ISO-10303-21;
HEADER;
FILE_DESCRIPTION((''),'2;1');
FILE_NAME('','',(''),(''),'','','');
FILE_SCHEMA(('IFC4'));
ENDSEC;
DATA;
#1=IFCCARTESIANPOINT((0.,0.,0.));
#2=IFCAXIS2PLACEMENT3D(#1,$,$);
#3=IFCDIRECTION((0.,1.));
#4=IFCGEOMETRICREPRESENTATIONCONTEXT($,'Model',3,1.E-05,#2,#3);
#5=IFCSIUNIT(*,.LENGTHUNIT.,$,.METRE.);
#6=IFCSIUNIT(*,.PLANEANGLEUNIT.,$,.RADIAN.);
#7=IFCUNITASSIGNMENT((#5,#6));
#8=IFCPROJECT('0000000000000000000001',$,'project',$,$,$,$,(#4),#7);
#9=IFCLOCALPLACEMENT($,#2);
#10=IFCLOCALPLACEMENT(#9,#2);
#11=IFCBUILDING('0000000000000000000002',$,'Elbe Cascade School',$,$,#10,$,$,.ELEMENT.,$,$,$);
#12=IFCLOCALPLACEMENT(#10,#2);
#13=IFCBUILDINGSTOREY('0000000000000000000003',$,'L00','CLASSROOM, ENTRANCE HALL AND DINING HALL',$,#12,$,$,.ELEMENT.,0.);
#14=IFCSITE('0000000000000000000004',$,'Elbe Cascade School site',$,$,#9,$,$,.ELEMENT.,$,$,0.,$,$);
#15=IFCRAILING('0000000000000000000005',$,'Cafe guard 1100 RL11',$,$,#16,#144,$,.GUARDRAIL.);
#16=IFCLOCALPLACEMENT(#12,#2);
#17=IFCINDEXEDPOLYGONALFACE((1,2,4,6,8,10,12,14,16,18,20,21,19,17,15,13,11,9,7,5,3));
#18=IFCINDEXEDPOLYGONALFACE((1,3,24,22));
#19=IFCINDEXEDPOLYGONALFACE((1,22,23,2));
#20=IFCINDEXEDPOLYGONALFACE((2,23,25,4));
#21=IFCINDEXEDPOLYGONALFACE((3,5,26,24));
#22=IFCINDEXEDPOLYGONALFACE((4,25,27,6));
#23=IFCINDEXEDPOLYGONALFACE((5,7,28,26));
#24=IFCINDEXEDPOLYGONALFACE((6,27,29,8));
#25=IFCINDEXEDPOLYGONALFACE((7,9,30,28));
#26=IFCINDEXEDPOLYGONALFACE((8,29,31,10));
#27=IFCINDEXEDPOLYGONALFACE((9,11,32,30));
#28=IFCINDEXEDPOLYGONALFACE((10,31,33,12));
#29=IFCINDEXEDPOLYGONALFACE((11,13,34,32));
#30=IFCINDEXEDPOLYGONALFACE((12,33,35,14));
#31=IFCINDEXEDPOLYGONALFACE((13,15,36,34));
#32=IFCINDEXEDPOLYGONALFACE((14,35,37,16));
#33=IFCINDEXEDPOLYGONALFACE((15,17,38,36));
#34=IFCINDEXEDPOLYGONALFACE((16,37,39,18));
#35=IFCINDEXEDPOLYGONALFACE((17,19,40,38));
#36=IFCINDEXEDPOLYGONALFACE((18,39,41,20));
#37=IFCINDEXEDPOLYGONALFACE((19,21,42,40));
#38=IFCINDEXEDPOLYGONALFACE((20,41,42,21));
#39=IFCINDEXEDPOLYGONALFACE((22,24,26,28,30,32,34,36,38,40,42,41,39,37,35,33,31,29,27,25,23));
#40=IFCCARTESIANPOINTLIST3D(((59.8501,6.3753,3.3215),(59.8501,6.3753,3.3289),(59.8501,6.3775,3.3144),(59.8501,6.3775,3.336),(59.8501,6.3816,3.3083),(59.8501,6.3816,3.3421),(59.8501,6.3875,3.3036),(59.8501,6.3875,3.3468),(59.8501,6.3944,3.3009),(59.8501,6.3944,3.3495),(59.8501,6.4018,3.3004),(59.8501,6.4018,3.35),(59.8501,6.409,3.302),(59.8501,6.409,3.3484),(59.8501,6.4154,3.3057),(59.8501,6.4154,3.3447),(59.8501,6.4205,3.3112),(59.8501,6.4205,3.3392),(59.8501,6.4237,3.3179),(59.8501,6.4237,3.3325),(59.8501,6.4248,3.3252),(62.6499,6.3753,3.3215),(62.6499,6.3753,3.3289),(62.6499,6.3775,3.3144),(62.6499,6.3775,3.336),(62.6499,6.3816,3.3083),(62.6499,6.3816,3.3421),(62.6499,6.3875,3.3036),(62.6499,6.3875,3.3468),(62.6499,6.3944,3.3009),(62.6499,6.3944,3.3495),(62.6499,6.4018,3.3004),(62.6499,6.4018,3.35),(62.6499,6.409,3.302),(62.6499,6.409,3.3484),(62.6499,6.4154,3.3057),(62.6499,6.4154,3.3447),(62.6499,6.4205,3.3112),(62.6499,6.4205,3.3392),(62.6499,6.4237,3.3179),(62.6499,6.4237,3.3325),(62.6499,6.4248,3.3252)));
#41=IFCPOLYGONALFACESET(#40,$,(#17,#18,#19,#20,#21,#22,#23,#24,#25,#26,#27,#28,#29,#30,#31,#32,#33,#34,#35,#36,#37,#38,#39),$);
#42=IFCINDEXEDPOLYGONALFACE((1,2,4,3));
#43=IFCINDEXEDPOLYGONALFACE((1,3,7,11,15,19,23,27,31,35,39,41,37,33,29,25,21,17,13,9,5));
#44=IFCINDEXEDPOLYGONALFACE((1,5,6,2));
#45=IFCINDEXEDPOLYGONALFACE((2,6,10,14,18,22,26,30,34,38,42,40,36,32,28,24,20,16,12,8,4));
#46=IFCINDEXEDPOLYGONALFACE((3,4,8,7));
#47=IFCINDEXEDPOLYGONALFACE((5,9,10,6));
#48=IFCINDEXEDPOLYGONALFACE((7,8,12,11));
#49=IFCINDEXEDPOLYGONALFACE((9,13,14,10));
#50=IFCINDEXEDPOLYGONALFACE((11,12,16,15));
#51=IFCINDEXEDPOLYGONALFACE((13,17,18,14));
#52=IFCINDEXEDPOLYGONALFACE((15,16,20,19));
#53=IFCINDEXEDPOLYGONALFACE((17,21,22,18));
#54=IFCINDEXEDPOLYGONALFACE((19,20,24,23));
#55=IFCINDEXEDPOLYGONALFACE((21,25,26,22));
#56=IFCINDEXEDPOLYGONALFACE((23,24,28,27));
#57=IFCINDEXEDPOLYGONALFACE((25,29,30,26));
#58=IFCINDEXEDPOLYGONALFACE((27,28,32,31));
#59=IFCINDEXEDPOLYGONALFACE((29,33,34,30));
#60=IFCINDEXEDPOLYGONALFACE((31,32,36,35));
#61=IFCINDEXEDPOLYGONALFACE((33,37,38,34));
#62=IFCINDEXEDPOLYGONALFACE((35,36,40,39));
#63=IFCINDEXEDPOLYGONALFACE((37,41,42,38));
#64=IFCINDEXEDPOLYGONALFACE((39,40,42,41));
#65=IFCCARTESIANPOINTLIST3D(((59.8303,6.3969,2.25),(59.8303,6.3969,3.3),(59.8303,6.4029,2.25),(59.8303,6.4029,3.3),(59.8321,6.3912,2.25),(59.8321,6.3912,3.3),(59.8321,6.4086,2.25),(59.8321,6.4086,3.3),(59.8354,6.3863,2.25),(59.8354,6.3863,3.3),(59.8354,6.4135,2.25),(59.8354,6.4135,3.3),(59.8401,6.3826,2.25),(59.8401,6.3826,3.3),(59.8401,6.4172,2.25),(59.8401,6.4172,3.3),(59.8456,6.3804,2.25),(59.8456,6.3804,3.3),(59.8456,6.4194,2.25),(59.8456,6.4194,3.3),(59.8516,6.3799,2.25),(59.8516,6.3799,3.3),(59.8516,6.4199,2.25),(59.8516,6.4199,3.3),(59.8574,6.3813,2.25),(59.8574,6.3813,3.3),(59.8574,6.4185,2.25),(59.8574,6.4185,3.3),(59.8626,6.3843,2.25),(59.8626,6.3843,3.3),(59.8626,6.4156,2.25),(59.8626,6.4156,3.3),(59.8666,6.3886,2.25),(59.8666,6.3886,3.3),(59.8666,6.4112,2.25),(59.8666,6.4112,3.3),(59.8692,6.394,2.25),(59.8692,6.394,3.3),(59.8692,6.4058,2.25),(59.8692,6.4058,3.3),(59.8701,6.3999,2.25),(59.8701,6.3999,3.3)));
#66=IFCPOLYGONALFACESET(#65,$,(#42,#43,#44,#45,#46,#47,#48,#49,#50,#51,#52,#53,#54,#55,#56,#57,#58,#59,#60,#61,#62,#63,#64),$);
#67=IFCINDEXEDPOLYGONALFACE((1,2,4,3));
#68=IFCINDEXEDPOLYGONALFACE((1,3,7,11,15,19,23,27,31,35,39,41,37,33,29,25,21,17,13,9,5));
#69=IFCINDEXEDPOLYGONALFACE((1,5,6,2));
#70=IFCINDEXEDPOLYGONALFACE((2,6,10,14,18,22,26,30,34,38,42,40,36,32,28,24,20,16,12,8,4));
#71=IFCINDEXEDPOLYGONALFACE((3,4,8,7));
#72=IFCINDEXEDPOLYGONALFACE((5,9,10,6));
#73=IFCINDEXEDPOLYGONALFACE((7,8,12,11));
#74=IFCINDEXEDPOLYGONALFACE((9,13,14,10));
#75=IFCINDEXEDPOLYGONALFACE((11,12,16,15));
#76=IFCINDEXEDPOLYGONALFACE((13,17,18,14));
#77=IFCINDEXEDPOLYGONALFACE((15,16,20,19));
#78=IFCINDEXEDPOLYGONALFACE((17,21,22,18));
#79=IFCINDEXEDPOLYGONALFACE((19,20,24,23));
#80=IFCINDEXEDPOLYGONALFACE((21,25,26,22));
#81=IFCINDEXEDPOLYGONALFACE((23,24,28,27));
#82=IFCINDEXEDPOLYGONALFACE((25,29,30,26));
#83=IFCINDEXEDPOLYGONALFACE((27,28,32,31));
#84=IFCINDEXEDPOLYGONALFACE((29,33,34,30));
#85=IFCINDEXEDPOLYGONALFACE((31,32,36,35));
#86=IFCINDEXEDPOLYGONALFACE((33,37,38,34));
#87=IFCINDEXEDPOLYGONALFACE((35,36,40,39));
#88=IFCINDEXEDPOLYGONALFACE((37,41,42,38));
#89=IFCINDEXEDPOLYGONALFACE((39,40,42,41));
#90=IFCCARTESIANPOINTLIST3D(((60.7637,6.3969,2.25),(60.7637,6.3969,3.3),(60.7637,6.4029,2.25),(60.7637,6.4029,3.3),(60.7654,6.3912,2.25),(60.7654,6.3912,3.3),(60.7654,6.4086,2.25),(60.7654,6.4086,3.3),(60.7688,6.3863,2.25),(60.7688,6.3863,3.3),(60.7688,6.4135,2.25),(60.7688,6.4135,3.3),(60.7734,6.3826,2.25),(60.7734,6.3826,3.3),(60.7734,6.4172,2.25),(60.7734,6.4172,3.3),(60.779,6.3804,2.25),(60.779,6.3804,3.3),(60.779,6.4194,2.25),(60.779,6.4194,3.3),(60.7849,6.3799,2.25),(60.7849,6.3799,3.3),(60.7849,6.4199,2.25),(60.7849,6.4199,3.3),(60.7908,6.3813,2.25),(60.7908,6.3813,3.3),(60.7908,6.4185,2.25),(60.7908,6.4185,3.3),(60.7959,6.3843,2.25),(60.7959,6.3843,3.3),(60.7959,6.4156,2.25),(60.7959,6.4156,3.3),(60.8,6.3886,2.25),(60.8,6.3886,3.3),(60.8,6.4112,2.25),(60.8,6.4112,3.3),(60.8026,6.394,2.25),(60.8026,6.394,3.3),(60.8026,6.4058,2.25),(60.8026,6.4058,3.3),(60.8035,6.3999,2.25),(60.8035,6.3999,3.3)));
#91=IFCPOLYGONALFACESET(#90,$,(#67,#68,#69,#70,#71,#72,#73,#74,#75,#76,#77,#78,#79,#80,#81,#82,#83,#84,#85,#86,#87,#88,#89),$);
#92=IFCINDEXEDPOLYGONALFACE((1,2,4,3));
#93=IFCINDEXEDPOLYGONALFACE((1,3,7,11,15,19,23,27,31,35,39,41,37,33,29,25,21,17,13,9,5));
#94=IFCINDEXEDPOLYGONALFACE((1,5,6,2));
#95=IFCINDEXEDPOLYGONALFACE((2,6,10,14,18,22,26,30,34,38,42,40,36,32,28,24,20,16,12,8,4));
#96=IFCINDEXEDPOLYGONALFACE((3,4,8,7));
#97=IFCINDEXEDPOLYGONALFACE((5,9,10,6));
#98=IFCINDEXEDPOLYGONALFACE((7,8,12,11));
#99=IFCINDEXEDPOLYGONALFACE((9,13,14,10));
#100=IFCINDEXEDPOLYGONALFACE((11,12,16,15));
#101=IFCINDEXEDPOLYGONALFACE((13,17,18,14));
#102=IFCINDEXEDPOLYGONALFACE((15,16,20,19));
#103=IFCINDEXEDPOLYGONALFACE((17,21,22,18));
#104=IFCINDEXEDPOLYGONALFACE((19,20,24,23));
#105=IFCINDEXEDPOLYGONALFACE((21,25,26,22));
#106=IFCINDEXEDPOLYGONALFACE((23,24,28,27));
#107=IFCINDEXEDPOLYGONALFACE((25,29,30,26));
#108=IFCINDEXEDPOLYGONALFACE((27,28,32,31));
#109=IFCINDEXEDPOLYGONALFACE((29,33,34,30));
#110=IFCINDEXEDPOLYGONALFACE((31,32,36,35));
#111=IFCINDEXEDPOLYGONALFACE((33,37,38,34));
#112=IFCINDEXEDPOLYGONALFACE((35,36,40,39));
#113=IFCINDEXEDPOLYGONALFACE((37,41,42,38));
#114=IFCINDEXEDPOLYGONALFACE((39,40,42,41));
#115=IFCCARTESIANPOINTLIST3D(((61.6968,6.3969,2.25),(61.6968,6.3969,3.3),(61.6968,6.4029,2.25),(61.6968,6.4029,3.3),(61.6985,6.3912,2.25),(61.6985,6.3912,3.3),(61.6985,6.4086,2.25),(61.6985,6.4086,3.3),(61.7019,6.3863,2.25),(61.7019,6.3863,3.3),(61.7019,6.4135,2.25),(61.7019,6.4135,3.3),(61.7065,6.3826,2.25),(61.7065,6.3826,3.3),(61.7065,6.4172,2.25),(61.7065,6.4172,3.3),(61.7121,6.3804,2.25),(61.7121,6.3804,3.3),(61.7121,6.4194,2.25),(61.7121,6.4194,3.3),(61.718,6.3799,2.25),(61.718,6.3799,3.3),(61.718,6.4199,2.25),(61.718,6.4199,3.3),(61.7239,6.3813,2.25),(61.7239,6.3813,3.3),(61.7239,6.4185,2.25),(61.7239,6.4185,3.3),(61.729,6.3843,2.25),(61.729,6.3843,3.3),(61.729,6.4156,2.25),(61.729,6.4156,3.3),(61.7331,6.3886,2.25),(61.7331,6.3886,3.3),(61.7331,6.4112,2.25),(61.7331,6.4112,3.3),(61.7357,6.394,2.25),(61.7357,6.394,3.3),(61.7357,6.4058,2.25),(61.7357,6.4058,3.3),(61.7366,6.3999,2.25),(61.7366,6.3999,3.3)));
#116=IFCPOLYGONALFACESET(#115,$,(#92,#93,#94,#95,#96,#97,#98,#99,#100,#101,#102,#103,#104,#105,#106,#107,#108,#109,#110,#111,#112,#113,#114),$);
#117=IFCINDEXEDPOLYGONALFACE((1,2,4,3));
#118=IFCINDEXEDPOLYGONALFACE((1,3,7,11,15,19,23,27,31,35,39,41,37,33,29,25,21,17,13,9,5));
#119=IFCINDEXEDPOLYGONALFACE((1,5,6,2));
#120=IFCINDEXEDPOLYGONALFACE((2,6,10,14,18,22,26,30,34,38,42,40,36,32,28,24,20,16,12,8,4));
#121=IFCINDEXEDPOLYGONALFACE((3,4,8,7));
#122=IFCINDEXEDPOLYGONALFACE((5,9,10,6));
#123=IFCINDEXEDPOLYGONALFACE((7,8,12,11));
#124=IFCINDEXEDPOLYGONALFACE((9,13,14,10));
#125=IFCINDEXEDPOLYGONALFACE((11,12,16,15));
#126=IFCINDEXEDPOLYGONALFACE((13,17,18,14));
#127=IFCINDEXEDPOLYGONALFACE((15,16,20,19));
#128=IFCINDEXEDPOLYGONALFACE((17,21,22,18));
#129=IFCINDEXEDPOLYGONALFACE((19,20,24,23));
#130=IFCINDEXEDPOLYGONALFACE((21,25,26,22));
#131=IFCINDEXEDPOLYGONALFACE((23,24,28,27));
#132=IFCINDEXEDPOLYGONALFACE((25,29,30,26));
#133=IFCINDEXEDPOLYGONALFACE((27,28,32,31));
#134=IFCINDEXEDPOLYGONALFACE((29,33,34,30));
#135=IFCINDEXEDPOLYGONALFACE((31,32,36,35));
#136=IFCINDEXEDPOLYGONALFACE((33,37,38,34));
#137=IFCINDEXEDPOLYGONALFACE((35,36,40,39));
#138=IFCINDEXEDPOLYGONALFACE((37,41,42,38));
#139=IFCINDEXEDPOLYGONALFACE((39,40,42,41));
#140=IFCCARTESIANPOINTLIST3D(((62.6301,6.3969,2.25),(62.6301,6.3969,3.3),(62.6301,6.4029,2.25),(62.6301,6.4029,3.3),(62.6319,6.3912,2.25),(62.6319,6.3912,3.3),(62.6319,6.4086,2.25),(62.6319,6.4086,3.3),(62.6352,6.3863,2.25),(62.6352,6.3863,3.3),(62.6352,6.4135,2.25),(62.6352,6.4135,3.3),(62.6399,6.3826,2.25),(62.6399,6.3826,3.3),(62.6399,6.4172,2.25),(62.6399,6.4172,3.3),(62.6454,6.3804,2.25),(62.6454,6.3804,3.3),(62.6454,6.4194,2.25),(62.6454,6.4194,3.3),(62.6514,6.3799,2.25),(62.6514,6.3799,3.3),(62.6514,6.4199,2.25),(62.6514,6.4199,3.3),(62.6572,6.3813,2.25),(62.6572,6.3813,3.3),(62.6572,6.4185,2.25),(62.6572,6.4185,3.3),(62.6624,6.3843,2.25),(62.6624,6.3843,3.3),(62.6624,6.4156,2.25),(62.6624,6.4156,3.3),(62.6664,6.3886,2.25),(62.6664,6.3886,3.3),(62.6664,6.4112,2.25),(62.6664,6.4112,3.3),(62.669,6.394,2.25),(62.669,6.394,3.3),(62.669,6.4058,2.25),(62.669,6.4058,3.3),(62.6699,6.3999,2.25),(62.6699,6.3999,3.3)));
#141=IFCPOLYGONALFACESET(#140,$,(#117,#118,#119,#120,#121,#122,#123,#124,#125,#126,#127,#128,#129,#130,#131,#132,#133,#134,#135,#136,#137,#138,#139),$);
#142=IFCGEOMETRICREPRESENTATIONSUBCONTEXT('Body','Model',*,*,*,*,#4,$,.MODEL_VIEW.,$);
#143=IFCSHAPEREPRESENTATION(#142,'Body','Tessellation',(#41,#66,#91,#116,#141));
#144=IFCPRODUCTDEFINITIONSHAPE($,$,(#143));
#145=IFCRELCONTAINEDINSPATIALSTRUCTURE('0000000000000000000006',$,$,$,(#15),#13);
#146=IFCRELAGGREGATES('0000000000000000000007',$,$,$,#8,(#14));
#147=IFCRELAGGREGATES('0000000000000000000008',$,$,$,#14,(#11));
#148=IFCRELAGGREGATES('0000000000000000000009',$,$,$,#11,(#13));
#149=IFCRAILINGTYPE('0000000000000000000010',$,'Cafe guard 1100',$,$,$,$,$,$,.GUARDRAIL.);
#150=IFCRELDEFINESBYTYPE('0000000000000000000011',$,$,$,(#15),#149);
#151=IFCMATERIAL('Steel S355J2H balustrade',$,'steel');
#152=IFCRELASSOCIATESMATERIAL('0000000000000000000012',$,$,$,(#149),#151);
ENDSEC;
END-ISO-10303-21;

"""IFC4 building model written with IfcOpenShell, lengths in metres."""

from ifc_helpers import new_model, si_unit, direction, frame, origin, origin_2d, place, context, subcontext, project, spatial, circle, extrude, material, type_object, element, save


model = new_model("IFC4")

# Units and contexts
model_context = context("Model", 3, precision=1e-05, world=origin(), true_north=direction((0.0, 1.0)))
body_context = subcontext(model_context, "Body", "Model", "MODEL_VIEW")
ifc_project = project(units=[si_unit("LENGTHUNIT", "METRE"), si_unit("PLANEANGLEUNIT", "RADIAN")], contexts=[model_context])

# Site, building, storey
site_placement = place(None, origin())
site = spatial("IfcSite", under=ifc_project, at=site_placement, Name="Elbe Cascade School site", CompositionType="ELEMENT", RefElevation=0.0)
building_placement = place(site_placement, origin())
building = spatial("IfcBuilding", under=site, at=building_placement, Name="Elbe Cascade School", CompositionType="ELEMENT")
storey_placement = place(building_placement, origin())
storey = spatial("IfcBuildingStorey", under=building, at=storey_placement, Name="L00", Description="CLASSROOM, ENTRANCE HALL AND DINING HALL", CompositionType="ELEMENT", Elevation=0.0)

# Railing
ifc_material_1 = material(Name="Steel S355J2H balustrade", Category="steel")
railing_type_1 = type_object("IfcRailingType", Name="Cafe guard 1100", PredefinedType="GUARDRAIL", material=ifc_material_1)
railing_1_placement = place(storey_placement, frame((59.8501, 6.3999, 2.25)))
element("IfcRailing", 1, at=railing_1_placement, inside=storey, type_object=railing_type_1, Name="Cafe guard 1100 RL11", PredefinedType="GUARDRAIL", context=body_context, shape_type="SweptSolid", body=[
    extrude(circle(Radius=0.0249, at=origin_2d()), frame((0.0, 0.0, 1.0752), z_axis=(1.0, 0.0, 0.0), x_axis=(0.0, 1.0, 0.0)), (0.0, 0.0, 1.0), 2.7998),
    extrude(circle(Radius=0.02, at=origin_2d()), origin(), (0.0, 0.0, 1.0), 1.05),
    extrude(circle(Radius=0.02, at=origin_2d()), frame((0.9333, 0.0, 0.0)), (0.0, 0.0, 1.0), 1.05),
    extrude(circle(Radius=0.02, at=origin_2d()), frame((1.8665, 0.0, 0.0)), (0.0, 0.0, 1.0), 1.05),
    extrude(circle(Radius=0.02, at=origin_2d()), frame((2.7998, 0.0, 0.0)), (0.0, 0.0, 1.0), 1.05),
])

save(model, "model.ifc")
